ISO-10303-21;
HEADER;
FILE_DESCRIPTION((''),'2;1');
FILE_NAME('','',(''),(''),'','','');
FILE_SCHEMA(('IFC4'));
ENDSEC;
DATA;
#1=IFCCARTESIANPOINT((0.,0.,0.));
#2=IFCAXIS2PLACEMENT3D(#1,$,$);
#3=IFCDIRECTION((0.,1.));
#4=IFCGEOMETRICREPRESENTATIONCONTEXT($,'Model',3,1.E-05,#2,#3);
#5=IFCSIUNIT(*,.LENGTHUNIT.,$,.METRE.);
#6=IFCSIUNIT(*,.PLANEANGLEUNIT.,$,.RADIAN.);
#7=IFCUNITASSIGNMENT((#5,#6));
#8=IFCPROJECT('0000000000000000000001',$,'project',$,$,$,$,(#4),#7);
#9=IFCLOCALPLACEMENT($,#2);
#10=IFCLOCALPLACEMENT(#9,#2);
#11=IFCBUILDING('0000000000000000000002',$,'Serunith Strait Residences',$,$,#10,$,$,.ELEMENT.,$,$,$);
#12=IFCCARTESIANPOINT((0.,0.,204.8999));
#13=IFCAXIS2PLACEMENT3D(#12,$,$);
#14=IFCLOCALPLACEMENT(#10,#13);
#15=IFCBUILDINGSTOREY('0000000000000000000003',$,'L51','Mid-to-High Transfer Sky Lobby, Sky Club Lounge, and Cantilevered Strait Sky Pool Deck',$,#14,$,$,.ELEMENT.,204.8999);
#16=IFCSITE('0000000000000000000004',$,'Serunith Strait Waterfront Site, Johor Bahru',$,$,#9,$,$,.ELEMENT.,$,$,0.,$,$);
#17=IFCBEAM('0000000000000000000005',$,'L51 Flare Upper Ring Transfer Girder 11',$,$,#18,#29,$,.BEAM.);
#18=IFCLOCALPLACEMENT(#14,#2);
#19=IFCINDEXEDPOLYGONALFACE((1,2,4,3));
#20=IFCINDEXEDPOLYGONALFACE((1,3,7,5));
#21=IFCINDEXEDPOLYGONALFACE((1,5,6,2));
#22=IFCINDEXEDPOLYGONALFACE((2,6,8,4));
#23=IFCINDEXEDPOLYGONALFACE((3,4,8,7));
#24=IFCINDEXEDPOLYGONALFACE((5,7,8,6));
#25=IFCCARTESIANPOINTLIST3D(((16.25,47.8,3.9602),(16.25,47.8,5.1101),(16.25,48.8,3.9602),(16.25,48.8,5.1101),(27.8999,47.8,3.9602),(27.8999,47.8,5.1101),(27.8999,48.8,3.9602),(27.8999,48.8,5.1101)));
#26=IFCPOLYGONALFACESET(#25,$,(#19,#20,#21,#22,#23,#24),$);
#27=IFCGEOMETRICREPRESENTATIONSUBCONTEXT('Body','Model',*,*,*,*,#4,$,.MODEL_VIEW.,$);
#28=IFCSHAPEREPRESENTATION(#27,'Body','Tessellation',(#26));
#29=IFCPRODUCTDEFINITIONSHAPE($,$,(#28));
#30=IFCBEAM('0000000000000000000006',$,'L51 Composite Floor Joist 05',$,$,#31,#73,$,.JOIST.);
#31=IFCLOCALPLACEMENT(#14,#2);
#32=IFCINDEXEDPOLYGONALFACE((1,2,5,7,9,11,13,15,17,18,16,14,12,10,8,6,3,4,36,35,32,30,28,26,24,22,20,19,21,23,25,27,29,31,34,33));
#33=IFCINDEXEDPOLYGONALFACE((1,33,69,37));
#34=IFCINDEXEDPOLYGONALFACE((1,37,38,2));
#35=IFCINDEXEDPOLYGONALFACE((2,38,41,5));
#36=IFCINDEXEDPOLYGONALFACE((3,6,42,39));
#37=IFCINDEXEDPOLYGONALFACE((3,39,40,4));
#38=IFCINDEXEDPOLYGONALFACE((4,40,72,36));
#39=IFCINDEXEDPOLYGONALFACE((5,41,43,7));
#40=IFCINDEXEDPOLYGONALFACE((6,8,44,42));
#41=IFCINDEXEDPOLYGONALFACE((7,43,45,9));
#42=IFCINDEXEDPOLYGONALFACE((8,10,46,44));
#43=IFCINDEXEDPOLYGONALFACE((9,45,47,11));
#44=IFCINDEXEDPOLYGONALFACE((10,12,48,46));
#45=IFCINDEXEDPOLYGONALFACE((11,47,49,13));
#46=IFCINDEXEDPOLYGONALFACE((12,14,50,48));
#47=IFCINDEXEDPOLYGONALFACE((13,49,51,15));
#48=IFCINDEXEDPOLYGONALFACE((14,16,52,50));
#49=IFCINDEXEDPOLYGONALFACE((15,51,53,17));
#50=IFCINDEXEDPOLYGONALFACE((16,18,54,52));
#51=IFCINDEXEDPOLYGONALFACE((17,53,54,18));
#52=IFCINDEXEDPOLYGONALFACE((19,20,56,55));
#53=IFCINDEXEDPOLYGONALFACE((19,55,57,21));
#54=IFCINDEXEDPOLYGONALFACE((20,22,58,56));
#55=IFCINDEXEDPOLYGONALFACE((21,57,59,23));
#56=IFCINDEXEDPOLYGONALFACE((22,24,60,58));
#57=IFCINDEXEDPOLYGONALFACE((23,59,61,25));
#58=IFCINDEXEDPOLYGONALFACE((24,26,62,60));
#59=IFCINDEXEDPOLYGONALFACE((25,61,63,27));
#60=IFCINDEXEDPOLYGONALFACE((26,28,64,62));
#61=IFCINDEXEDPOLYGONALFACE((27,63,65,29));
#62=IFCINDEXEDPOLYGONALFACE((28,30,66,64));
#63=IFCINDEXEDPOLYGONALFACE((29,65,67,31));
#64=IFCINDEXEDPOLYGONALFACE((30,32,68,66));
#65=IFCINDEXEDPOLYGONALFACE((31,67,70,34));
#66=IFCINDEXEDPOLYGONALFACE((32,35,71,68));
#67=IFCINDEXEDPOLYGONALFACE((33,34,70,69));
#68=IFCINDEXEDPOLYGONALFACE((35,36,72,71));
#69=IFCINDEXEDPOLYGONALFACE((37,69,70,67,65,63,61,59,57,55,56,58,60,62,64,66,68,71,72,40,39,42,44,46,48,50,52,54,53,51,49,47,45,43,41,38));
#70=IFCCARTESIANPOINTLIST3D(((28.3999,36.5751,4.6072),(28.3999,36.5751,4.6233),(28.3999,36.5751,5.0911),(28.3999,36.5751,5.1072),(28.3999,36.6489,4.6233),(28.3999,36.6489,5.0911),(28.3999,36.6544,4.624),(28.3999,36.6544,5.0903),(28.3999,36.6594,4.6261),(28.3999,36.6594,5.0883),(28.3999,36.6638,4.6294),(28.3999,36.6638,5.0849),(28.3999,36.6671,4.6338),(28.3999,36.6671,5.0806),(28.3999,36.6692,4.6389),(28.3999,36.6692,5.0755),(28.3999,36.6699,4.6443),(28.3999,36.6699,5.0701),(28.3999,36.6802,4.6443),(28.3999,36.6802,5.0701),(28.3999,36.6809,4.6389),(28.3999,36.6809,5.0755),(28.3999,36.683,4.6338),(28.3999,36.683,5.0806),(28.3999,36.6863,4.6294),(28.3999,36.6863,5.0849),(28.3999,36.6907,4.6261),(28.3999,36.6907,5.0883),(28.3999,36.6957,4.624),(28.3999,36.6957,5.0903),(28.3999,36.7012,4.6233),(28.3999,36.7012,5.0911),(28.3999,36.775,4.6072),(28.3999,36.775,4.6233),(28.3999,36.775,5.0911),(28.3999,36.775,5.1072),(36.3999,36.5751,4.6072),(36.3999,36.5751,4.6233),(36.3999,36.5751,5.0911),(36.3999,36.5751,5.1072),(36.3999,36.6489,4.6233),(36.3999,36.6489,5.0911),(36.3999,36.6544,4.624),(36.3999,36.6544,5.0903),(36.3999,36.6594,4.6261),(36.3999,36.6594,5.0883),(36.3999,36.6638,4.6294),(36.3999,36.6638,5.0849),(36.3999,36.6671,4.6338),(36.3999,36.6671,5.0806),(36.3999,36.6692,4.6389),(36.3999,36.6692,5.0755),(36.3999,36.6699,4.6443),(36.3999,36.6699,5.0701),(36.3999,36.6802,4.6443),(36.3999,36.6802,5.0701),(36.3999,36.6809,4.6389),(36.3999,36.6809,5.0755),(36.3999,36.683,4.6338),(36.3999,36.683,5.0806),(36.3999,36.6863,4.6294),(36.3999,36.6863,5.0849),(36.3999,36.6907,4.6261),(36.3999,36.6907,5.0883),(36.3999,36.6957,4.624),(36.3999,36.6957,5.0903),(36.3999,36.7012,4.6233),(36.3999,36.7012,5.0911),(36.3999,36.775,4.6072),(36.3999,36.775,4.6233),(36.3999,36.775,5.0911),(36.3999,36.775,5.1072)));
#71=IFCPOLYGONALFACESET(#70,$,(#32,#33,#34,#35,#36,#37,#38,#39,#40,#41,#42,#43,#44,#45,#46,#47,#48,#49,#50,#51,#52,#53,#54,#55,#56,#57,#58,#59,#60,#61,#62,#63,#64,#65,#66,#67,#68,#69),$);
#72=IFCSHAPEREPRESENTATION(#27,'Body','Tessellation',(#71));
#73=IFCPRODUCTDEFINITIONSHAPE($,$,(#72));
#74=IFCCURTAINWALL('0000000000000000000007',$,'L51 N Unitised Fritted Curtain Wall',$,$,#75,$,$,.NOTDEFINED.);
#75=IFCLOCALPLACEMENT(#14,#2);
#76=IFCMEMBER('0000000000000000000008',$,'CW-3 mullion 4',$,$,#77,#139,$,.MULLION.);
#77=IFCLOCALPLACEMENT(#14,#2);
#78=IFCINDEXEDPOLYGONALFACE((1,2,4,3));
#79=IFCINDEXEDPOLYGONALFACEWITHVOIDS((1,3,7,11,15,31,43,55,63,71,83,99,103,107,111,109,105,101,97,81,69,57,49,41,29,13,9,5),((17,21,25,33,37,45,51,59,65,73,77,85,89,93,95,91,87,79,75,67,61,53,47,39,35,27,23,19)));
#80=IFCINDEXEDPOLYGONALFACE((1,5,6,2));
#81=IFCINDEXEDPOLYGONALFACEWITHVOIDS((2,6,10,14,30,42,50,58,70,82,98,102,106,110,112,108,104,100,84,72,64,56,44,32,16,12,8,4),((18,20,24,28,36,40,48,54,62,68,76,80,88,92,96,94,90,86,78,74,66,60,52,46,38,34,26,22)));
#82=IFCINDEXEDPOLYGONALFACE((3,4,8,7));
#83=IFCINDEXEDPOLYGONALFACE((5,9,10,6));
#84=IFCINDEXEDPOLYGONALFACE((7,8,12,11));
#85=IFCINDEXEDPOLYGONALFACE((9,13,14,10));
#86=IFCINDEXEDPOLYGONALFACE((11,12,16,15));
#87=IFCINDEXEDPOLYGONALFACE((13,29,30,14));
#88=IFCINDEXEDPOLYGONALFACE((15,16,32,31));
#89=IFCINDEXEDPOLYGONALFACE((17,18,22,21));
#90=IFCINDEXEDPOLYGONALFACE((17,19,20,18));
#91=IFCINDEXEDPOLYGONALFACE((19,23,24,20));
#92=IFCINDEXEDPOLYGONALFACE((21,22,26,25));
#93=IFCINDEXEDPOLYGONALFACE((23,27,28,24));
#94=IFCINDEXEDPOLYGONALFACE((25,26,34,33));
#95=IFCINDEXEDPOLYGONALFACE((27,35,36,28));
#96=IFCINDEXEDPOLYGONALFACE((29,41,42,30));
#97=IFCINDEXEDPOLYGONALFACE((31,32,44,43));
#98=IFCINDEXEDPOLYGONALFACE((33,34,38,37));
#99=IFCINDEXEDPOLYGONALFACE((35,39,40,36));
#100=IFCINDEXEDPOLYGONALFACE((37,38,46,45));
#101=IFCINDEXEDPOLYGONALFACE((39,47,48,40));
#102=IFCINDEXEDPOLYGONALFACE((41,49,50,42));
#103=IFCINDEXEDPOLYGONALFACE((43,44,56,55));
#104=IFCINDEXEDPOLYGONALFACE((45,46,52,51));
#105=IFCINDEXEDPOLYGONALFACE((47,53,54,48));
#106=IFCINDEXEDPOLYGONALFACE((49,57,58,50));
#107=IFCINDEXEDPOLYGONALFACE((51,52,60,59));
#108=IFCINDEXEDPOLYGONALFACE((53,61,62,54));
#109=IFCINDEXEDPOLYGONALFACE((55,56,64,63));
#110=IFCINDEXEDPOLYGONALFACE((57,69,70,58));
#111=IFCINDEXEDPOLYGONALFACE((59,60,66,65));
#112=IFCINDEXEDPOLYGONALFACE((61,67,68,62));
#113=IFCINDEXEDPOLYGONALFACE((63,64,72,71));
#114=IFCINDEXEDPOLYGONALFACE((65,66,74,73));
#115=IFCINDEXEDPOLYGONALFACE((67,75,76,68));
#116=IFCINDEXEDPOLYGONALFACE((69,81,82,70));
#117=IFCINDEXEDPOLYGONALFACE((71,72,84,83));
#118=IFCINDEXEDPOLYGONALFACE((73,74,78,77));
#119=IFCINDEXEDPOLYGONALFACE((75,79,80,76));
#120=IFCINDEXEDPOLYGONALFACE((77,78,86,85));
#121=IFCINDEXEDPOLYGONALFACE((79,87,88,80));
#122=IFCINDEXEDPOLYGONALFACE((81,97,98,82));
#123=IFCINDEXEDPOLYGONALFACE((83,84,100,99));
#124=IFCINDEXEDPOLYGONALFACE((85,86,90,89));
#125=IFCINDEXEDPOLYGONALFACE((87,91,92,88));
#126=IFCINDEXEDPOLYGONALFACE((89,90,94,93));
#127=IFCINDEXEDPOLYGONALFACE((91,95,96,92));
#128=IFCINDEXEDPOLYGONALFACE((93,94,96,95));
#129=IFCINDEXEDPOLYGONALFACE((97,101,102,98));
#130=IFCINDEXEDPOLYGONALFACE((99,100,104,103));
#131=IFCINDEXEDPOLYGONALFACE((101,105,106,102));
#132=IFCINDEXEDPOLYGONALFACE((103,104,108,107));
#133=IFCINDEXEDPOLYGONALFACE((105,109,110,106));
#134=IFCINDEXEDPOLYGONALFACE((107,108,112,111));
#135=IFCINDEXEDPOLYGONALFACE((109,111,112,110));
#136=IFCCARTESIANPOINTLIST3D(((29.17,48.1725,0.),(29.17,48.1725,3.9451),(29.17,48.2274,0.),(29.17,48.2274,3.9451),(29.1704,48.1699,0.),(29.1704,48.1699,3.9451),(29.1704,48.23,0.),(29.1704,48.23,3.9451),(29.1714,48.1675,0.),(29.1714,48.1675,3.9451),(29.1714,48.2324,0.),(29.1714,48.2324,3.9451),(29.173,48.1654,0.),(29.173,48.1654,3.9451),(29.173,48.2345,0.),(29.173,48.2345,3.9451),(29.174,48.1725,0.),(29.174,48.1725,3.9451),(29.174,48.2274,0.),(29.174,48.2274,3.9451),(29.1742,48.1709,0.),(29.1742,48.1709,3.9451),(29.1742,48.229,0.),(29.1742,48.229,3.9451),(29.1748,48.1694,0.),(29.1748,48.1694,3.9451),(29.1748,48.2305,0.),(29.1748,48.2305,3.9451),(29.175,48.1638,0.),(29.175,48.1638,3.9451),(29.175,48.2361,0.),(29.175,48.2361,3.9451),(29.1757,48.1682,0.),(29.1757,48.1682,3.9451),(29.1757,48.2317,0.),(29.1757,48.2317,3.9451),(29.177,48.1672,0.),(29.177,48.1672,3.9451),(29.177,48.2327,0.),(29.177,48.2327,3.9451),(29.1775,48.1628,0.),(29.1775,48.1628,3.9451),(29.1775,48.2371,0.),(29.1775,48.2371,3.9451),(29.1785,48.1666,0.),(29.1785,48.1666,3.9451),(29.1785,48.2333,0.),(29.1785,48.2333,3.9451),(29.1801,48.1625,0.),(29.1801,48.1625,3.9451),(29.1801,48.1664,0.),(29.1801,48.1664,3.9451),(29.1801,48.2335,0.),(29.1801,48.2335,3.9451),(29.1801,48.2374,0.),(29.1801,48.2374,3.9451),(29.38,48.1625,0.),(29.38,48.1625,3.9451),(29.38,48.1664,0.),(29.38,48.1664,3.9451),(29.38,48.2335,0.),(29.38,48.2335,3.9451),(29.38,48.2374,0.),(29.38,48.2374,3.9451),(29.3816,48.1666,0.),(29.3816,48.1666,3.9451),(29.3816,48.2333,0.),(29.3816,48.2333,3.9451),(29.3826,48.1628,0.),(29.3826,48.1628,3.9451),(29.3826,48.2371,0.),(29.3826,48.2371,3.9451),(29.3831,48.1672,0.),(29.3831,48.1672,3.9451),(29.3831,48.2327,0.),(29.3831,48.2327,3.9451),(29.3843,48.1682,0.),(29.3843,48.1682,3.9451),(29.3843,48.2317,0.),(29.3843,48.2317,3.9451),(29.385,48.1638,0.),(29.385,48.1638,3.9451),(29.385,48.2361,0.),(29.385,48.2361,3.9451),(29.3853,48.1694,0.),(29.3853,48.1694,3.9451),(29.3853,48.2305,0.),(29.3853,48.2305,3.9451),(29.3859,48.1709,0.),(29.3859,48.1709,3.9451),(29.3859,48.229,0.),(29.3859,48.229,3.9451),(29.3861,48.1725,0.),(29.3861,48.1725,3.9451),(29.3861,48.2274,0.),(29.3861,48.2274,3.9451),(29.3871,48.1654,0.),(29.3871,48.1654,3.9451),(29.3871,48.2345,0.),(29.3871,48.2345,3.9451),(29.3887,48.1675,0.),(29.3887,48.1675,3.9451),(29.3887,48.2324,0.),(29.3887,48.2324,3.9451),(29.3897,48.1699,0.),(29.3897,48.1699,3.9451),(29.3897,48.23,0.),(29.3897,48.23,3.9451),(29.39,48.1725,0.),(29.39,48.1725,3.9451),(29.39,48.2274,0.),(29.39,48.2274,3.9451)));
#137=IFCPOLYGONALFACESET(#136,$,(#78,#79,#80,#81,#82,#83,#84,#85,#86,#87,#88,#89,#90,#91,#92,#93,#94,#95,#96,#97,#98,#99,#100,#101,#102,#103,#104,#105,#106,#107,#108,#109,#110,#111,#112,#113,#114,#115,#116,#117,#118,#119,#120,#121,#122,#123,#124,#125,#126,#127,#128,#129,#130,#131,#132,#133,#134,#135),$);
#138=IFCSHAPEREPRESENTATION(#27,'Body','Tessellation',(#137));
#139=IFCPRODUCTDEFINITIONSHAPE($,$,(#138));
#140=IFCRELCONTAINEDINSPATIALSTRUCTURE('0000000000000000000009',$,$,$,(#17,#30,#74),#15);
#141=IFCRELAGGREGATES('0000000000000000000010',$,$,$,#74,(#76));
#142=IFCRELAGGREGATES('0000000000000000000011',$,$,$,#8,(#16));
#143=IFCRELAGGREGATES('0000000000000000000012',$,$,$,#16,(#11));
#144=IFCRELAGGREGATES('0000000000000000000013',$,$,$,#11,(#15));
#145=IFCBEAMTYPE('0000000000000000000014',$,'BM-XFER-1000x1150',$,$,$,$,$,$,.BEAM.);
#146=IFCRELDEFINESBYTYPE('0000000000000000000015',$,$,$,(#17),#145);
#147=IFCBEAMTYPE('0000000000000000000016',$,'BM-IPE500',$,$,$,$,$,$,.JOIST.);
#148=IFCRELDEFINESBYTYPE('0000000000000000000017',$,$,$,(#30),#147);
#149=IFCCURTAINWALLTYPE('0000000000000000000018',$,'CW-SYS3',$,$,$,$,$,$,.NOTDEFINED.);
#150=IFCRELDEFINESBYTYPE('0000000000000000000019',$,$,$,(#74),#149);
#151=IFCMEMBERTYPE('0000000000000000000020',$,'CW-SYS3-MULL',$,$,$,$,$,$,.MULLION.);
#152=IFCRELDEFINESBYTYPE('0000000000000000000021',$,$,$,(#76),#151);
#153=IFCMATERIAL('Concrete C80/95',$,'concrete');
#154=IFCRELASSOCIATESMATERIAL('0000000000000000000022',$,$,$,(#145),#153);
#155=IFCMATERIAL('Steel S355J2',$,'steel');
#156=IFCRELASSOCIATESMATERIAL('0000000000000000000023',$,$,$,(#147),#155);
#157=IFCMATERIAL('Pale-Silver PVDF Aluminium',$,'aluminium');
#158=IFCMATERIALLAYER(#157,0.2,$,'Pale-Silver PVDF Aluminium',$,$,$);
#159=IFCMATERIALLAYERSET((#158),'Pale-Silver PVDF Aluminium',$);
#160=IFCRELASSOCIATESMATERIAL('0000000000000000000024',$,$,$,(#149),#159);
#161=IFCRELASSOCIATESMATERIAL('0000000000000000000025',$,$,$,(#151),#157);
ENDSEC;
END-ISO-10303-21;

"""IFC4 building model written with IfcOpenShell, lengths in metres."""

from ifc_helpers import new_model, si_unit, direction, frame, origin, origin_2d, place, context, subcontext, project, spatial, rectangle, hollow_rectangle, i_section, extrude, source, transform, mapped, material, layer, layer_set, material_profile, profile_set, type_object, element, aggregate, save


model = new_model("IFC4")

# Units and contexts
model_context = context("Model", 3, precision=1e-05, world=origin(), true_north=direction((0.0, 1.0)))
body_context = subcontext(model_context, "Body", "Model", "MODEL_VIEW")
ifc_project = project(units=[si_unit("LENGTHUNIT", "METRE"), si_unit("PLANEANGLEUNIT", "RADIAN")], contexts=[model_context])

# Site, building, storey
site_placement = place(None, origin())
site = spatial("IfcSite", under=ifc_project, at=site_placement, Name="Serunith Strait Waterfront Site, Johor Bahru", CompositionType="ELEMENT", RefElevation=0.0)
building_placement = place(site_placement, origin())
building = spatial("IfcBuilding", under=site, at=building_placement, Name="Serunith Strait Residences", CompositionType="ELEMENT")
storey_placement = place(building_placement, frame((0.0, 0.0, 204.8999)))
storey = spatial("IfcBuildingStorey", under=building, at=storey_placement, Name="L51", Description="Mid-to-High Transfer Sky Lobby, Sky Club Lounge, and Cantilevered Strait Sky Pool Deck", CompositionType="ELEMENT", Elevation=204.8999)

# Shared definitions
ifc_material_1 = material(Name="Concrete C80/95", Category="concrete")

# Beams
ifc_material_2 = material(Name="Steel S355J2", Category="steel")
ifc_material_profile_1 = material_profile(ifc_material_1, rectangle(XDim=1.0, YDim=1.1499, at=origin_2d()), Name="RC 1000x1150")
ifc_profile_set_1 = profile_set([ifc_material_profile_1], Name="Concrete C80/95")
beam_type_1 = type_object("IfcBeamType", Name="BM-XFER-1000x1150", PredefinedType="BEAM", material=ifc_profile_set_1)
shared_shape_1 = source(origin(), body_context, "Body", "SweptSolid", [
    extrude(rectangle(XDim=1.0, YDim=1.1499, at=origin_2d()), origin(), (0.0, 0.0, 1.0), 11.6499),
])
beam_1_placement = place(storey_placement, frame((27.8999, 48.3, 4.5352), z_axis=(-1.0, 0.0, 0.0), x_axis=(0.0, -1.0, 0.0)))
element("IfcBeam", 1, at=beam_1_placement, inside=storey, type_object=beam_type_1, Name="L51 Flare Upper Ring Transfer Girder 11", PredefinedType="BEAM", context=body_context, shape_type="MappedRepresentation", body=[
    mapped(shared_shape_1, transform((0.0, 0.0, 0.0), scale=1.0)),
])
ifc_material_profile_2 = material_profile(ifc_material_2, i_section(OverallWidth=0.2, OverallDepth=0.5, WebThickness=0.0103, FlangeThickness=0.0161, FilletRadius=0.021, at=origin_2d()), Name="IPE 500")
ifc_profile_set_2 = profile_set([ifc_material_profile_2], Name="Steel S355J2")
beam_type_2 = type_object("IfcBeamType", Name="BM-IPE500", PredefinedType="JOIST", material=ifc_profile_set_2)
shared_shape_2 = source(origin(), body_context, "Body", "SweptSolid", [
    extrude(i_section(OverallWidth=0.2, OverallDepth=0.5, WebThickness=0.0103, FlangeThickness=0.0161, FilletRadius=0.021, at=origin_2d()), origin(), (0.0, 0.0, 1.0), 8.0),
])
beam_2_placement = place(storey_placement, frame((28.3999, 36.675, 4.8572), z_axis=(1.0, 0.0, 0.0), x_axis=(0.0, 1.0, 0.0)))
element("IfcBeam", 2, at=beam_2_placement, inside=storey, type_object=beam_type_2, Name="L51 Composite Floor Joist 05", PredefinedType="JOIST", context=body_context, shape_type="MappedRepresentation", body=[
    mapped(shared_shape_2, transform((0.0, 0.0, 0.0), scale=1.0)),
])

# Curtain wall, member
ifc_material_3 = material(Name="Pale-Silver PVDF Aluminium", Category="aluminium")
ifc_layer_1 = layer(ifc_material_3, 0.2, Name="Pale-Silver PVDF Aluminium")
ifc_layer_set_1 = layer_set([ifc_layer_1], Name="Pale-Silver PVDF Aluminium")
curtain_wall_type = type_object("IfcCurtainWallType", Name="CW-SYS3", PredefinedType="NOTDEFINED", material=ifc_layer_set_1)
curtain_wall_placement = place(storey_placement, origin())
curtain_wall = element("IfcCurtainWall", 3, at=curtain_wall_placement, inside=storey, type_object=curtain_wall_type, Name="L51 N Unitised Fritted Curtain Wall", PredefinedType="NOTDEFINED")
ifc_material_profile_3 = material_profile(ifc_material_3, hollow_rectangle(XDim=0.075, YDim=0.22, WallThickness=0.0039, InnerFilletRadius=0.0061, OuterFilletRadius=0.01, at=origin_2d()), Name="ALU 220x75x4")
ifc_profile_set_3 = profile_set([ifc_material_profile_3], Name="Pale-Silver PVDF Aluminium")
member_type_1 = type_object("IfcMemberType", Name="CW-SYS3-MULL", PredefinedType="MULLION", material=ifc_profile_set_3)
shared_shape_3 = source(origin(), body_context, "Body", "SweptSolid", [
    extrude(hollow_rectangle(XDim=0.075, YDim=0.22, WallThickness=0.0039, InnerFilletRadius=0.0061, OuterFilletRadius=0.01, at=origin_2d()), origin(), (0.0, 0.0, 1.0), 3.9451),
])
member_1_placement = place(storey_placement, frame((29.28, 48.2, 0.0), z_axis=(0.0, 0.0, 1.0), x_axis=(0.0, -1.0, 0.0)))
member_1 = element("IfcMember", 4, at=member_1_placement, type_object=member_type_1, Name="CW-3 mullion 4", PredefinedType="MULLION", context=body_context, shape_type="MappedRepresentation", body=[
    mapped(shared_shape_3, transform((0.0, 0.0, 0.0), scale=1.0)),
])
aggregate(curtain_wall, [member_1])

save(model, "model.ifc")
